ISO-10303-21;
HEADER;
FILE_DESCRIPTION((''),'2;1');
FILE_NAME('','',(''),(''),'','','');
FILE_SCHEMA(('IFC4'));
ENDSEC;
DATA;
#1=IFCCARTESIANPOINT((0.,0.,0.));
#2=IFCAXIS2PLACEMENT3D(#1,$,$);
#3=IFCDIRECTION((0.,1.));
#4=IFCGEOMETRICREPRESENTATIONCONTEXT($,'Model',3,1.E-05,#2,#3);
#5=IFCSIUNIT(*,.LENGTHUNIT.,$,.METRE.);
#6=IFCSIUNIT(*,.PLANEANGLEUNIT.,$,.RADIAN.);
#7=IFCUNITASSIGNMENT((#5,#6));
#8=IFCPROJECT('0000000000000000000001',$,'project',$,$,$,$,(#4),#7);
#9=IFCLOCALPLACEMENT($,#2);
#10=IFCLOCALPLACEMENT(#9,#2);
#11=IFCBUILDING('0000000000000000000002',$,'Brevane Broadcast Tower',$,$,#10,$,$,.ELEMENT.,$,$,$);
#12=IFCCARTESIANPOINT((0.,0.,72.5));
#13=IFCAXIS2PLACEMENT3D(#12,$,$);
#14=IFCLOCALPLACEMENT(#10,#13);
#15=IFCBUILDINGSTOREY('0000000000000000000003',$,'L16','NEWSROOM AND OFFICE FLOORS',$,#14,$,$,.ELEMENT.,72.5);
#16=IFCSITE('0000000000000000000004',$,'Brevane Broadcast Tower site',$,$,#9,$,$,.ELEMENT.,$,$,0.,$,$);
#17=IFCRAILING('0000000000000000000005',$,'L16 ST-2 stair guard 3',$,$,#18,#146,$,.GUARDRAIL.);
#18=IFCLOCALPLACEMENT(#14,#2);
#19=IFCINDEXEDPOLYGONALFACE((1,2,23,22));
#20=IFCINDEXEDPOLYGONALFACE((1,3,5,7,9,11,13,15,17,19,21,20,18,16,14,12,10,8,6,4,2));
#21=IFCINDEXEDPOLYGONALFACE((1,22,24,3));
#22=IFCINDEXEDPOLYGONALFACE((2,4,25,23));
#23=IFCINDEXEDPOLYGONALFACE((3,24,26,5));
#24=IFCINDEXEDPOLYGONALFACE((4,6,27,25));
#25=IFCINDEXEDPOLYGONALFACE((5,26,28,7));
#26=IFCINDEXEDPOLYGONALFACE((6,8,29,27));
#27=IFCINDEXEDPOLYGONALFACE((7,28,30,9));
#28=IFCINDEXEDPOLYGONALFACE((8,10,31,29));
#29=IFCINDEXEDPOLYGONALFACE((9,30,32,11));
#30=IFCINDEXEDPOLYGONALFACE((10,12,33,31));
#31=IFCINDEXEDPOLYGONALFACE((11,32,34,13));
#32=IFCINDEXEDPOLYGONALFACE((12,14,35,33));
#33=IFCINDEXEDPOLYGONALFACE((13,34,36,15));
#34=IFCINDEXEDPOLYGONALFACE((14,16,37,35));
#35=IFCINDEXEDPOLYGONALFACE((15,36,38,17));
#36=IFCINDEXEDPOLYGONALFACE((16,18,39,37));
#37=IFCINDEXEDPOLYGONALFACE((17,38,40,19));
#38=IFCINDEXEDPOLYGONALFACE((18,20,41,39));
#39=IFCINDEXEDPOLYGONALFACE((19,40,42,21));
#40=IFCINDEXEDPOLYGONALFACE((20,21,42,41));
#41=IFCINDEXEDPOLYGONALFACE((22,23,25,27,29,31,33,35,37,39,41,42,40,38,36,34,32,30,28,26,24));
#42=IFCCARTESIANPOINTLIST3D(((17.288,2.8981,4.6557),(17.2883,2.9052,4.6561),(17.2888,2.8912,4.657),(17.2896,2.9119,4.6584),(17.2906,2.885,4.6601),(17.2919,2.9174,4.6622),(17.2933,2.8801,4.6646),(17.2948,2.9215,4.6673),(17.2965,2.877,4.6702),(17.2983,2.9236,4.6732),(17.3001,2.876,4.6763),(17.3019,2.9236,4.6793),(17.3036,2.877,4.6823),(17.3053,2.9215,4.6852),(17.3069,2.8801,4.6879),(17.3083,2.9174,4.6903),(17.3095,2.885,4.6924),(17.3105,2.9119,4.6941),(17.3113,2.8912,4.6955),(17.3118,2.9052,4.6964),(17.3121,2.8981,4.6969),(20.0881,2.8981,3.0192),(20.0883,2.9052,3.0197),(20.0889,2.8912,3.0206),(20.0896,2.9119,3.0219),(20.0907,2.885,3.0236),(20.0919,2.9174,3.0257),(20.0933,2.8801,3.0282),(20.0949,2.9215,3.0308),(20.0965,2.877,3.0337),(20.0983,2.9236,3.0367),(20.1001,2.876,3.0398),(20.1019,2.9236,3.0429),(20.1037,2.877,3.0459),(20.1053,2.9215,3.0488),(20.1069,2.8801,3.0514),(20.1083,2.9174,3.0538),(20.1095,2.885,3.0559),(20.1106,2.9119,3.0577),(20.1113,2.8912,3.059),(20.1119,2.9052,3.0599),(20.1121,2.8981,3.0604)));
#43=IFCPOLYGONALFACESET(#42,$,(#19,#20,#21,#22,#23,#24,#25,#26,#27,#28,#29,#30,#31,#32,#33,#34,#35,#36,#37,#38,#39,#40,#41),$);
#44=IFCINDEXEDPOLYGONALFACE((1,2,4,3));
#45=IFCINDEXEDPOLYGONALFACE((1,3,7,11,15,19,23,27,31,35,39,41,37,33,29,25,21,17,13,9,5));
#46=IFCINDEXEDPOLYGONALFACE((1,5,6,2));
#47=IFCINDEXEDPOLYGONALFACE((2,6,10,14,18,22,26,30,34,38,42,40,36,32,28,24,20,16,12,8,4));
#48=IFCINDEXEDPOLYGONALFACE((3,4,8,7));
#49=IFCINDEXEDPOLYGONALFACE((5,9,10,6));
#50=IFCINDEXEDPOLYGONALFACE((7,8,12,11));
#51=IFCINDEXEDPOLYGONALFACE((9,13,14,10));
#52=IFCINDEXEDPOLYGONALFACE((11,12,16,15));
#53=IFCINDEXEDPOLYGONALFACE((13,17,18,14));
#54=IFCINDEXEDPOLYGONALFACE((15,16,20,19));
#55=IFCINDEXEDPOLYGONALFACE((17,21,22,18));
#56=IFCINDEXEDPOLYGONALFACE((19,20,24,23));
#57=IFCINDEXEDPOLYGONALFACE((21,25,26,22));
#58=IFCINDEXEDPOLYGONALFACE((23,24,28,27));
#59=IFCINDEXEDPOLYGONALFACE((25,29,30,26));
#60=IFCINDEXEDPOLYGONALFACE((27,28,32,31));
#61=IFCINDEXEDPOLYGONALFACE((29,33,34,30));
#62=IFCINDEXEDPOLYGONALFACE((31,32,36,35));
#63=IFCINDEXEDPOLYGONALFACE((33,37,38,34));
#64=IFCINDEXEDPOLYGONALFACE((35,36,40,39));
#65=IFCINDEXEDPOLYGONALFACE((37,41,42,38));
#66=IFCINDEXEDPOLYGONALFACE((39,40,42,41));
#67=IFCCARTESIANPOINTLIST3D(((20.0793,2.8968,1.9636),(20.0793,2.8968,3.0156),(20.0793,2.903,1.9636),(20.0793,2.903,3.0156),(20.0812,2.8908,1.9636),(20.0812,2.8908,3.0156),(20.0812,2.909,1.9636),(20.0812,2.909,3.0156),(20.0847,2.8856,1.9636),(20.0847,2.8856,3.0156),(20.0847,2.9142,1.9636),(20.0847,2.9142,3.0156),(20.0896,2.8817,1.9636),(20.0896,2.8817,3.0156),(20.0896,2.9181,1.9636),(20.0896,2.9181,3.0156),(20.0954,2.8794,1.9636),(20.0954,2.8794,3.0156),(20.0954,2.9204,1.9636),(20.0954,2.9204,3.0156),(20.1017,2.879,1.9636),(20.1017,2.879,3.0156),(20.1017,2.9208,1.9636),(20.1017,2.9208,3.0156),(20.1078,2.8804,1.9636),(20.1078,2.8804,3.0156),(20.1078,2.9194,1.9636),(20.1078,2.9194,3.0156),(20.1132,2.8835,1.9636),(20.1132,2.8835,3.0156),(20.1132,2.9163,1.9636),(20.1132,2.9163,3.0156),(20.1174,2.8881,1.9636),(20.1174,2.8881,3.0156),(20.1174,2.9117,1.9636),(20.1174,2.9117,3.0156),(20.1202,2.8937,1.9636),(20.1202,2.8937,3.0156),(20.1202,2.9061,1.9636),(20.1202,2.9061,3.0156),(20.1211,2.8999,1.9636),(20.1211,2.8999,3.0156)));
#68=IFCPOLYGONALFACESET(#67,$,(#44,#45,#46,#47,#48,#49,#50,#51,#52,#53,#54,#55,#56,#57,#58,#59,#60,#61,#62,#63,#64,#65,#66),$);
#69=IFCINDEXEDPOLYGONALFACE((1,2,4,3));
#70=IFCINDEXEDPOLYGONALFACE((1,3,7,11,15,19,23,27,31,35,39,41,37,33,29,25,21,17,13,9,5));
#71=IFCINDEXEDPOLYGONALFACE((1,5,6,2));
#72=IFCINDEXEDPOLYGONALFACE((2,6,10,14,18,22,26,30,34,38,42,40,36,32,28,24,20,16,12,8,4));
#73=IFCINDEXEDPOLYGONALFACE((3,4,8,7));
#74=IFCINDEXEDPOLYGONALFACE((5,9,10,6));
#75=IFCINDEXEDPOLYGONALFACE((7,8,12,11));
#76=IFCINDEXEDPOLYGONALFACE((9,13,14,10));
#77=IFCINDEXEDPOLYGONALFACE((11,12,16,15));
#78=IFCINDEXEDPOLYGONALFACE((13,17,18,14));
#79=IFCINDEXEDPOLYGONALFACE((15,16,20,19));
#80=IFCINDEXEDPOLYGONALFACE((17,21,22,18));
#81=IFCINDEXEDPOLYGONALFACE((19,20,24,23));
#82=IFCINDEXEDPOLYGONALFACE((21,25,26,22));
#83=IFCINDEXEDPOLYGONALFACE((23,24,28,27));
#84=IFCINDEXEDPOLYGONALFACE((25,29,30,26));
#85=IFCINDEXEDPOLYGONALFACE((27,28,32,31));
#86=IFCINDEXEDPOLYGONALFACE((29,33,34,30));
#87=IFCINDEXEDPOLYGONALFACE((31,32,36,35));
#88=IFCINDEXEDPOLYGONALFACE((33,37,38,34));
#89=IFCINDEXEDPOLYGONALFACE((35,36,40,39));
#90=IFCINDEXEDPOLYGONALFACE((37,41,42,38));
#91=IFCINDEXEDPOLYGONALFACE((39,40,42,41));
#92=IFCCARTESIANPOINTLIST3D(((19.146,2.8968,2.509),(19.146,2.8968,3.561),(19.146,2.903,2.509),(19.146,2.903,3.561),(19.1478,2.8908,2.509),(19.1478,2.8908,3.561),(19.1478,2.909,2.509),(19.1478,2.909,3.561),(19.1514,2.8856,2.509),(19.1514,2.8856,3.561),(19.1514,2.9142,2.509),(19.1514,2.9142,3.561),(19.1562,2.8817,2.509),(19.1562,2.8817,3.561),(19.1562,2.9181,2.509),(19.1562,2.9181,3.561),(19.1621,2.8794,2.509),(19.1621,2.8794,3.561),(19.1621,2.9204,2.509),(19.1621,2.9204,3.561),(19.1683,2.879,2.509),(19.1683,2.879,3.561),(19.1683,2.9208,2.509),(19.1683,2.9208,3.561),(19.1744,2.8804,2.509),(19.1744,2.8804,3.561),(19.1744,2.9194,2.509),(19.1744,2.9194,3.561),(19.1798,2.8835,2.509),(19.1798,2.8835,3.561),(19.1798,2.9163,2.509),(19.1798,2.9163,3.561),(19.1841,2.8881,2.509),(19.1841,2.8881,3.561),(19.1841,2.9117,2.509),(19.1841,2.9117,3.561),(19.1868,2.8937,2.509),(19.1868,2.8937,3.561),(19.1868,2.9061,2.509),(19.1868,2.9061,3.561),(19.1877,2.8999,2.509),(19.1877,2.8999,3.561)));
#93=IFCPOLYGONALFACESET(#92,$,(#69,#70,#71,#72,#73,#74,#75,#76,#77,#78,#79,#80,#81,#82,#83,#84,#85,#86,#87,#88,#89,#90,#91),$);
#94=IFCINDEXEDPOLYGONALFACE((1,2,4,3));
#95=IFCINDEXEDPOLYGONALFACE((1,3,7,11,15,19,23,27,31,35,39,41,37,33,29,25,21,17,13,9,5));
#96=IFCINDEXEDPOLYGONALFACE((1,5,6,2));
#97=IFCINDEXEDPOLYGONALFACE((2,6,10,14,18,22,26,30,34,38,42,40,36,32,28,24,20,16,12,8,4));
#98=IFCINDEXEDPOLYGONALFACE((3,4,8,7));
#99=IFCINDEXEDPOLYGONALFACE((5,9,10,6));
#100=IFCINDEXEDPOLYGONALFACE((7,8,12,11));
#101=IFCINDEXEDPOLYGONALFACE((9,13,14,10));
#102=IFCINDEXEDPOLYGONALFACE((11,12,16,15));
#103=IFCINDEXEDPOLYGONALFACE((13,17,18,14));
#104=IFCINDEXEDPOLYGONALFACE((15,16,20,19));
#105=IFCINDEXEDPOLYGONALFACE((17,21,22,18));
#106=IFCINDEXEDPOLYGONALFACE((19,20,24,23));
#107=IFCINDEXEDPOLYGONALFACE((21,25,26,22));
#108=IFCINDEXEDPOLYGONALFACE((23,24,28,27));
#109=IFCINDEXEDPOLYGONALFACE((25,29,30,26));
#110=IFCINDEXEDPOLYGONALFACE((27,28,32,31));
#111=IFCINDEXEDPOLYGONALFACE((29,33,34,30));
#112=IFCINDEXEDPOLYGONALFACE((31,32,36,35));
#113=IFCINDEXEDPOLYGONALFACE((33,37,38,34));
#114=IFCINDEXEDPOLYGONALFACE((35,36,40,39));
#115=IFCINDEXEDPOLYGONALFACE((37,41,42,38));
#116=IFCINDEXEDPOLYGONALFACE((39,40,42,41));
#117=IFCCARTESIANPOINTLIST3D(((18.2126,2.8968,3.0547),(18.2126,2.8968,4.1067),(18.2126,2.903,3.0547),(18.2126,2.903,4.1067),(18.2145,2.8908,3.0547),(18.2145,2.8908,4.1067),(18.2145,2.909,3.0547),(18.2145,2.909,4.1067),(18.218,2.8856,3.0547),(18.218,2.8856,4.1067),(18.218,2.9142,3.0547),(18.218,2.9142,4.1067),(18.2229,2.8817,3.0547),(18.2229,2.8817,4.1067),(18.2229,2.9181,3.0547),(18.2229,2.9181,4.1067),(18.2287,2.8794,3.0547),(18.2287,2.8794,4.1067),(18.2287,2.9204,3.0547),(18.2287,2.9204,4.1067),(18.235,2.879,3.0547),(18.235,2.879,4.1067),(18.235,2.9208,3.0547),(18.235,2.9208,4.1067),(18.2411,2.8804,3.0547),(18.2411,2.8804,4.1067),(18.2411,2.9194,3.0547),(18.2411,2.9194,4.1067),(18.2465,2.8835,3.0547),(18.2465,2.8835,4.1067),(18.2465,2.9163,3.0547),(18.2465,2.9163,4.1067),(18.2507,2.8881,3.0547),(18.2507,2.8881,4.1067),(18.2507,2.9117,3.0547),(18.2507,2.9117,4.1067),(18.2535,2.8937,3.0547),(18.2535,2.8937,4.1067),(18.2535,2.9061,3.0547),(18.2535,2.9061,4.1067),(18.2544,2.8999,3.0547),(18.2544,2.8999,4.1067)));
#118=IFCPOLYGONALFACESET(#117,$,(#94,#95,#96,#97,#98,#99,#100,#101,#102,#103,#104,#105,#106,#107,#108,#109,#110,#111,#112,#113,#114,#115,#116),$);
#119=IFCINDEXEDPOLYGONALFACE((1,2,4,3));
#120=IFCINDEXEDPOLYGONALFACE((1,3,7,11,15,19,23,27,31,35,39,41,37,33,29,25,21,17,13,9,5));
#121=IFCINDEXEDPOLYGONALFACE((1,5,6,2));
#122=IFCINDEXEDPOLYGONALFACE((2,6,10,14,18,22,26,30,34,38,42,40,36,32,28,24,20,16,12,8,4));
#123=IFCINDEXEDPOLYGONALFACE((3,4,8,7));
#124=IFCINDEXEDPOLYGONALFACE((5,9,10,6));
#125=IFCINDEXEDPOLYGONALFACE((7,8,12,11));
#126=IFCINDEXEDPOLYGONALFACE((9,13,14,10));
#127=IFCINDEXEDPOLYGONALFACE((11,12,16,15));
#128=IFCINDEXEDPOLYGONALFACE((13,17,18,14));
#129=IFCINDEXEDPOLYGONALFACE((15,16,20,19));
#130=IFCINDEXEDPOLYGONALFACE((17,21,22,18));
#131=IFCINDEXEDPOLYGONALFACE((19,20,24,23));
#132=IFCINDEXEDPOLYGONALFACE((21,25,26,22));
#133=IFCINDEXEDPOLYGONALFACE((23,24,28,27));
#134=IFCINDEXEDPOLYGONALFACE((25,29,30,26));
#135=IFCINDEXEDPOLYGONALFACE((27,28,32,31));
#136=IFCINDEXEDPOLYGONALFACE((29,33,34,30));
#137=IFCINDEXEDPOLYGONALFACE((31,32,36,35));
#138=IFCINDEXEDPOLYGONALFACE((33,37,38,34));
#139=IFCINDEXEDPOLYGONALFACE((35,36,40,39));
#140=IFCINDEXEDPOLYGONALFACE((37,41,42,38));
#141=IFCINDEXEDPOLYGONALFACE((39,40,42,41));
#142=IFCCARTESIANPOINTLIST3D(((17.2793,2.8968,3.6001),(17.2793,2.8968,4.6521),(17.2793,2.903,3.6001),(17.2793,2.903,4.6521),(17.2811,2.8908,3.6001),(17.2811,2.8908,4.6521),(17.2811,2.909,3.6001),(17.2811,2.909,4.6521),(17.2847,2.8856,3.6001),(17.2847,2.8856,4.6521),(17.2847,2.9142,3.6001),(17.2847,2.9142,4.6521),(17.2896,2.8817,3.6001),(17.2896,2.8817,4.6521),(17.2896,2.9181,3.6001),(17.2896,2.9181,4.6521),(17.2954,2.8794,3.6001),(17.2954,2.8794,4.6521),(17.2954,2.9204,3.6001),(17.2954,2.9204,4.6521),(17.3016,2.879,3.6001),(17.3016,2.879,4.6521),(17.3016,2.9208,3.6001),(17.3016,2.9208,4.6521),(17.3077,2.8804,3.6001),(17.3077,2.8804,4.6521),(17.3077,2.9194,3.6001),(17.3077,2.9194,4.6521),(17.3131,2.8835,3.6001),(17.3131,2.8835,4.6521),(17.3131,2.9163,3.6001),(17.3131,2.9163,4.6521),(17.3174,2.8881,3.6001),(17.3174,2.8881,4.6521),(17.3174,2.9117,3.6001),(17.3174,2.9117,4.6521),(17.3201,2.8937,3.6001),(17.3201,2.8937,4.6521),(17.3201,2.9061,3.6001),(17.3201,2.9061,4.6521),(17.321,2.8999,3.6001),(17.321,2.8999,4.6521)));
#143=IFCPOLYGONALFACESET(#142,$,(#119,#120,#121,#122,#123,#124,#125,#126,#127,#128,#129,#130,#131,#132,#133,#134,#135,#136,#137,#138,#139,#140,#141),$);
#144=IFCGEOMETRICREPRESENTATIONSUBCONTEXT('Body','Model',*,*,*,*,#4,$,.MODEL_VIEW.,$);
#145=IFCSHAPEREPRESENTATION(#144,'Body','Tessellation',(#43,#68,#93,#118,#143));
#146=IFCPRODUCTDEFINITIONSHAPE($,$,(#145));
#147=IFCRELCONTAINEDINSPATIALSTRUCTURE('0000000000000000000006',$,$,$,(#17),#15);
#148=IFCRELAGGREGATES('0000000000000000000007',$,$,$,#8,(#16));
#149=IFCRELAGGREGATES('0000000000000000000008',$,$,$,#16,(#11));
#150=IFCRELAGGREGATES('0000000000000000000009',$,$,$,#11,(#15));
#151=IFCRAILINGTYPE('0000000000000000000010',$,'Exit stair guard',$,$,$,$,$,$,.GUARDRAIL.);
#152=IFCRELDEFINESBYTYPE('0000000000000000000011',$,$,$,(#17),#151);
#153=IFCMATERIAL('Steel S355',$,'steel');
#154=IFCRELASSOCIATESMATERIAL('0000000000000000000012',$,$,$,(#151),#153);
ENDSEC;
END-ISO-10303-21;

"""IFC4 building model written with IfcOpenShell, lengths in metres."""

from ifc_helpers import new_model, si_unit, direction, frame, origin, origin_2d, place, context, subcontext, project, spatial, circle, extrude, material, type_object, element, save


model = new_model("IFC4")

# Units and contexts
model_context = context("Model", 3, precision=1e-05, world=origin(), true_north=direction((0.0, 1.0)))
body_context = subcontext(model_context, "Body", "Model", "MODEL_VIEW")
ifc_project = project(units=[si_unit("LENGTHUNIT", "METRE"), si_unit("PLANEANGLEUNIT", "RADIAN")], contexts=[model_context])

# Site, building, storey
site_placement = place(None, origin())
site = spatial("IfcSite", under=ifc_project, at=site_placement, Name="Brevane Broadcast Tower site", CompositionType="ELEMENT", RefElevation=0.0)
building_placement = place(site_placement, origin())
building = spatial("IfcBuilding", under=site, at=building_placement, Name="Brevane Broadcast Tower", CompositionType="ELEMENT")
storey_placement = place(building_placement, frame((0.0, 0.0, 72.5)))
storey = spatial("IfcBuildingStorey", under=building, at=storey_placement, Name="L16", Description="NEWSROOM AND OFFICE FLOORS", CompositionType="ELEMENT", Elevation=72.5)

# Railing
ifc_material_1 = material(Name="Steel S355", Category="steel")
railing_type_1 = type_object("IfcRailingType", Name="Exit stair guard", PredefinedType="GUARDRAIL", material=ifc_material_1)
railing_1_placement = place(storey_placement, frame((20.1001, 2.8999, 1.9636)))
element("IfcRailing", 1, at=railing_1_placement, inside=storey, type_object=railing_type_1, Name="L16 ST-2 stair guard 3", PredefinedType="GUARDRAIL", context=body_context, shape_type="SweptSolid", body=[
    extrude(circle(Radius=0.0239, at=origin_2d()), frame((0.0, 0.0, 1.0762), z_axis=(-0.863361, 0.0, 0.504587), x_axis=(0.0, -1.0, 0.0)), (0.0, 0.0, 1.0), 3.2432),
    extrude(circle(Radius=0.021, at=origin_2d()), origin(), (0.0, 0.0, 1.0), 1.052),
    extrude(circle(Radius=0.021, at=origin_2d()), frame((-0.9333, 0.0, 0.5454)), (0.0, 0.0, 1.0), 1.052),
    extrude(circle(Radius=0.021, at=origin_2d()), frame((-1.8667, 0.0, 1.0911)), (0.0, 0.0, 1.0), 1.052),
    extrude(circle(Radius=0.021, at=origin_2d()), frame((-2.8, 0.0, 1.6365)), (0.0, 0.0, 1.0), 1.052),
])

save(model, "model.ifc")
